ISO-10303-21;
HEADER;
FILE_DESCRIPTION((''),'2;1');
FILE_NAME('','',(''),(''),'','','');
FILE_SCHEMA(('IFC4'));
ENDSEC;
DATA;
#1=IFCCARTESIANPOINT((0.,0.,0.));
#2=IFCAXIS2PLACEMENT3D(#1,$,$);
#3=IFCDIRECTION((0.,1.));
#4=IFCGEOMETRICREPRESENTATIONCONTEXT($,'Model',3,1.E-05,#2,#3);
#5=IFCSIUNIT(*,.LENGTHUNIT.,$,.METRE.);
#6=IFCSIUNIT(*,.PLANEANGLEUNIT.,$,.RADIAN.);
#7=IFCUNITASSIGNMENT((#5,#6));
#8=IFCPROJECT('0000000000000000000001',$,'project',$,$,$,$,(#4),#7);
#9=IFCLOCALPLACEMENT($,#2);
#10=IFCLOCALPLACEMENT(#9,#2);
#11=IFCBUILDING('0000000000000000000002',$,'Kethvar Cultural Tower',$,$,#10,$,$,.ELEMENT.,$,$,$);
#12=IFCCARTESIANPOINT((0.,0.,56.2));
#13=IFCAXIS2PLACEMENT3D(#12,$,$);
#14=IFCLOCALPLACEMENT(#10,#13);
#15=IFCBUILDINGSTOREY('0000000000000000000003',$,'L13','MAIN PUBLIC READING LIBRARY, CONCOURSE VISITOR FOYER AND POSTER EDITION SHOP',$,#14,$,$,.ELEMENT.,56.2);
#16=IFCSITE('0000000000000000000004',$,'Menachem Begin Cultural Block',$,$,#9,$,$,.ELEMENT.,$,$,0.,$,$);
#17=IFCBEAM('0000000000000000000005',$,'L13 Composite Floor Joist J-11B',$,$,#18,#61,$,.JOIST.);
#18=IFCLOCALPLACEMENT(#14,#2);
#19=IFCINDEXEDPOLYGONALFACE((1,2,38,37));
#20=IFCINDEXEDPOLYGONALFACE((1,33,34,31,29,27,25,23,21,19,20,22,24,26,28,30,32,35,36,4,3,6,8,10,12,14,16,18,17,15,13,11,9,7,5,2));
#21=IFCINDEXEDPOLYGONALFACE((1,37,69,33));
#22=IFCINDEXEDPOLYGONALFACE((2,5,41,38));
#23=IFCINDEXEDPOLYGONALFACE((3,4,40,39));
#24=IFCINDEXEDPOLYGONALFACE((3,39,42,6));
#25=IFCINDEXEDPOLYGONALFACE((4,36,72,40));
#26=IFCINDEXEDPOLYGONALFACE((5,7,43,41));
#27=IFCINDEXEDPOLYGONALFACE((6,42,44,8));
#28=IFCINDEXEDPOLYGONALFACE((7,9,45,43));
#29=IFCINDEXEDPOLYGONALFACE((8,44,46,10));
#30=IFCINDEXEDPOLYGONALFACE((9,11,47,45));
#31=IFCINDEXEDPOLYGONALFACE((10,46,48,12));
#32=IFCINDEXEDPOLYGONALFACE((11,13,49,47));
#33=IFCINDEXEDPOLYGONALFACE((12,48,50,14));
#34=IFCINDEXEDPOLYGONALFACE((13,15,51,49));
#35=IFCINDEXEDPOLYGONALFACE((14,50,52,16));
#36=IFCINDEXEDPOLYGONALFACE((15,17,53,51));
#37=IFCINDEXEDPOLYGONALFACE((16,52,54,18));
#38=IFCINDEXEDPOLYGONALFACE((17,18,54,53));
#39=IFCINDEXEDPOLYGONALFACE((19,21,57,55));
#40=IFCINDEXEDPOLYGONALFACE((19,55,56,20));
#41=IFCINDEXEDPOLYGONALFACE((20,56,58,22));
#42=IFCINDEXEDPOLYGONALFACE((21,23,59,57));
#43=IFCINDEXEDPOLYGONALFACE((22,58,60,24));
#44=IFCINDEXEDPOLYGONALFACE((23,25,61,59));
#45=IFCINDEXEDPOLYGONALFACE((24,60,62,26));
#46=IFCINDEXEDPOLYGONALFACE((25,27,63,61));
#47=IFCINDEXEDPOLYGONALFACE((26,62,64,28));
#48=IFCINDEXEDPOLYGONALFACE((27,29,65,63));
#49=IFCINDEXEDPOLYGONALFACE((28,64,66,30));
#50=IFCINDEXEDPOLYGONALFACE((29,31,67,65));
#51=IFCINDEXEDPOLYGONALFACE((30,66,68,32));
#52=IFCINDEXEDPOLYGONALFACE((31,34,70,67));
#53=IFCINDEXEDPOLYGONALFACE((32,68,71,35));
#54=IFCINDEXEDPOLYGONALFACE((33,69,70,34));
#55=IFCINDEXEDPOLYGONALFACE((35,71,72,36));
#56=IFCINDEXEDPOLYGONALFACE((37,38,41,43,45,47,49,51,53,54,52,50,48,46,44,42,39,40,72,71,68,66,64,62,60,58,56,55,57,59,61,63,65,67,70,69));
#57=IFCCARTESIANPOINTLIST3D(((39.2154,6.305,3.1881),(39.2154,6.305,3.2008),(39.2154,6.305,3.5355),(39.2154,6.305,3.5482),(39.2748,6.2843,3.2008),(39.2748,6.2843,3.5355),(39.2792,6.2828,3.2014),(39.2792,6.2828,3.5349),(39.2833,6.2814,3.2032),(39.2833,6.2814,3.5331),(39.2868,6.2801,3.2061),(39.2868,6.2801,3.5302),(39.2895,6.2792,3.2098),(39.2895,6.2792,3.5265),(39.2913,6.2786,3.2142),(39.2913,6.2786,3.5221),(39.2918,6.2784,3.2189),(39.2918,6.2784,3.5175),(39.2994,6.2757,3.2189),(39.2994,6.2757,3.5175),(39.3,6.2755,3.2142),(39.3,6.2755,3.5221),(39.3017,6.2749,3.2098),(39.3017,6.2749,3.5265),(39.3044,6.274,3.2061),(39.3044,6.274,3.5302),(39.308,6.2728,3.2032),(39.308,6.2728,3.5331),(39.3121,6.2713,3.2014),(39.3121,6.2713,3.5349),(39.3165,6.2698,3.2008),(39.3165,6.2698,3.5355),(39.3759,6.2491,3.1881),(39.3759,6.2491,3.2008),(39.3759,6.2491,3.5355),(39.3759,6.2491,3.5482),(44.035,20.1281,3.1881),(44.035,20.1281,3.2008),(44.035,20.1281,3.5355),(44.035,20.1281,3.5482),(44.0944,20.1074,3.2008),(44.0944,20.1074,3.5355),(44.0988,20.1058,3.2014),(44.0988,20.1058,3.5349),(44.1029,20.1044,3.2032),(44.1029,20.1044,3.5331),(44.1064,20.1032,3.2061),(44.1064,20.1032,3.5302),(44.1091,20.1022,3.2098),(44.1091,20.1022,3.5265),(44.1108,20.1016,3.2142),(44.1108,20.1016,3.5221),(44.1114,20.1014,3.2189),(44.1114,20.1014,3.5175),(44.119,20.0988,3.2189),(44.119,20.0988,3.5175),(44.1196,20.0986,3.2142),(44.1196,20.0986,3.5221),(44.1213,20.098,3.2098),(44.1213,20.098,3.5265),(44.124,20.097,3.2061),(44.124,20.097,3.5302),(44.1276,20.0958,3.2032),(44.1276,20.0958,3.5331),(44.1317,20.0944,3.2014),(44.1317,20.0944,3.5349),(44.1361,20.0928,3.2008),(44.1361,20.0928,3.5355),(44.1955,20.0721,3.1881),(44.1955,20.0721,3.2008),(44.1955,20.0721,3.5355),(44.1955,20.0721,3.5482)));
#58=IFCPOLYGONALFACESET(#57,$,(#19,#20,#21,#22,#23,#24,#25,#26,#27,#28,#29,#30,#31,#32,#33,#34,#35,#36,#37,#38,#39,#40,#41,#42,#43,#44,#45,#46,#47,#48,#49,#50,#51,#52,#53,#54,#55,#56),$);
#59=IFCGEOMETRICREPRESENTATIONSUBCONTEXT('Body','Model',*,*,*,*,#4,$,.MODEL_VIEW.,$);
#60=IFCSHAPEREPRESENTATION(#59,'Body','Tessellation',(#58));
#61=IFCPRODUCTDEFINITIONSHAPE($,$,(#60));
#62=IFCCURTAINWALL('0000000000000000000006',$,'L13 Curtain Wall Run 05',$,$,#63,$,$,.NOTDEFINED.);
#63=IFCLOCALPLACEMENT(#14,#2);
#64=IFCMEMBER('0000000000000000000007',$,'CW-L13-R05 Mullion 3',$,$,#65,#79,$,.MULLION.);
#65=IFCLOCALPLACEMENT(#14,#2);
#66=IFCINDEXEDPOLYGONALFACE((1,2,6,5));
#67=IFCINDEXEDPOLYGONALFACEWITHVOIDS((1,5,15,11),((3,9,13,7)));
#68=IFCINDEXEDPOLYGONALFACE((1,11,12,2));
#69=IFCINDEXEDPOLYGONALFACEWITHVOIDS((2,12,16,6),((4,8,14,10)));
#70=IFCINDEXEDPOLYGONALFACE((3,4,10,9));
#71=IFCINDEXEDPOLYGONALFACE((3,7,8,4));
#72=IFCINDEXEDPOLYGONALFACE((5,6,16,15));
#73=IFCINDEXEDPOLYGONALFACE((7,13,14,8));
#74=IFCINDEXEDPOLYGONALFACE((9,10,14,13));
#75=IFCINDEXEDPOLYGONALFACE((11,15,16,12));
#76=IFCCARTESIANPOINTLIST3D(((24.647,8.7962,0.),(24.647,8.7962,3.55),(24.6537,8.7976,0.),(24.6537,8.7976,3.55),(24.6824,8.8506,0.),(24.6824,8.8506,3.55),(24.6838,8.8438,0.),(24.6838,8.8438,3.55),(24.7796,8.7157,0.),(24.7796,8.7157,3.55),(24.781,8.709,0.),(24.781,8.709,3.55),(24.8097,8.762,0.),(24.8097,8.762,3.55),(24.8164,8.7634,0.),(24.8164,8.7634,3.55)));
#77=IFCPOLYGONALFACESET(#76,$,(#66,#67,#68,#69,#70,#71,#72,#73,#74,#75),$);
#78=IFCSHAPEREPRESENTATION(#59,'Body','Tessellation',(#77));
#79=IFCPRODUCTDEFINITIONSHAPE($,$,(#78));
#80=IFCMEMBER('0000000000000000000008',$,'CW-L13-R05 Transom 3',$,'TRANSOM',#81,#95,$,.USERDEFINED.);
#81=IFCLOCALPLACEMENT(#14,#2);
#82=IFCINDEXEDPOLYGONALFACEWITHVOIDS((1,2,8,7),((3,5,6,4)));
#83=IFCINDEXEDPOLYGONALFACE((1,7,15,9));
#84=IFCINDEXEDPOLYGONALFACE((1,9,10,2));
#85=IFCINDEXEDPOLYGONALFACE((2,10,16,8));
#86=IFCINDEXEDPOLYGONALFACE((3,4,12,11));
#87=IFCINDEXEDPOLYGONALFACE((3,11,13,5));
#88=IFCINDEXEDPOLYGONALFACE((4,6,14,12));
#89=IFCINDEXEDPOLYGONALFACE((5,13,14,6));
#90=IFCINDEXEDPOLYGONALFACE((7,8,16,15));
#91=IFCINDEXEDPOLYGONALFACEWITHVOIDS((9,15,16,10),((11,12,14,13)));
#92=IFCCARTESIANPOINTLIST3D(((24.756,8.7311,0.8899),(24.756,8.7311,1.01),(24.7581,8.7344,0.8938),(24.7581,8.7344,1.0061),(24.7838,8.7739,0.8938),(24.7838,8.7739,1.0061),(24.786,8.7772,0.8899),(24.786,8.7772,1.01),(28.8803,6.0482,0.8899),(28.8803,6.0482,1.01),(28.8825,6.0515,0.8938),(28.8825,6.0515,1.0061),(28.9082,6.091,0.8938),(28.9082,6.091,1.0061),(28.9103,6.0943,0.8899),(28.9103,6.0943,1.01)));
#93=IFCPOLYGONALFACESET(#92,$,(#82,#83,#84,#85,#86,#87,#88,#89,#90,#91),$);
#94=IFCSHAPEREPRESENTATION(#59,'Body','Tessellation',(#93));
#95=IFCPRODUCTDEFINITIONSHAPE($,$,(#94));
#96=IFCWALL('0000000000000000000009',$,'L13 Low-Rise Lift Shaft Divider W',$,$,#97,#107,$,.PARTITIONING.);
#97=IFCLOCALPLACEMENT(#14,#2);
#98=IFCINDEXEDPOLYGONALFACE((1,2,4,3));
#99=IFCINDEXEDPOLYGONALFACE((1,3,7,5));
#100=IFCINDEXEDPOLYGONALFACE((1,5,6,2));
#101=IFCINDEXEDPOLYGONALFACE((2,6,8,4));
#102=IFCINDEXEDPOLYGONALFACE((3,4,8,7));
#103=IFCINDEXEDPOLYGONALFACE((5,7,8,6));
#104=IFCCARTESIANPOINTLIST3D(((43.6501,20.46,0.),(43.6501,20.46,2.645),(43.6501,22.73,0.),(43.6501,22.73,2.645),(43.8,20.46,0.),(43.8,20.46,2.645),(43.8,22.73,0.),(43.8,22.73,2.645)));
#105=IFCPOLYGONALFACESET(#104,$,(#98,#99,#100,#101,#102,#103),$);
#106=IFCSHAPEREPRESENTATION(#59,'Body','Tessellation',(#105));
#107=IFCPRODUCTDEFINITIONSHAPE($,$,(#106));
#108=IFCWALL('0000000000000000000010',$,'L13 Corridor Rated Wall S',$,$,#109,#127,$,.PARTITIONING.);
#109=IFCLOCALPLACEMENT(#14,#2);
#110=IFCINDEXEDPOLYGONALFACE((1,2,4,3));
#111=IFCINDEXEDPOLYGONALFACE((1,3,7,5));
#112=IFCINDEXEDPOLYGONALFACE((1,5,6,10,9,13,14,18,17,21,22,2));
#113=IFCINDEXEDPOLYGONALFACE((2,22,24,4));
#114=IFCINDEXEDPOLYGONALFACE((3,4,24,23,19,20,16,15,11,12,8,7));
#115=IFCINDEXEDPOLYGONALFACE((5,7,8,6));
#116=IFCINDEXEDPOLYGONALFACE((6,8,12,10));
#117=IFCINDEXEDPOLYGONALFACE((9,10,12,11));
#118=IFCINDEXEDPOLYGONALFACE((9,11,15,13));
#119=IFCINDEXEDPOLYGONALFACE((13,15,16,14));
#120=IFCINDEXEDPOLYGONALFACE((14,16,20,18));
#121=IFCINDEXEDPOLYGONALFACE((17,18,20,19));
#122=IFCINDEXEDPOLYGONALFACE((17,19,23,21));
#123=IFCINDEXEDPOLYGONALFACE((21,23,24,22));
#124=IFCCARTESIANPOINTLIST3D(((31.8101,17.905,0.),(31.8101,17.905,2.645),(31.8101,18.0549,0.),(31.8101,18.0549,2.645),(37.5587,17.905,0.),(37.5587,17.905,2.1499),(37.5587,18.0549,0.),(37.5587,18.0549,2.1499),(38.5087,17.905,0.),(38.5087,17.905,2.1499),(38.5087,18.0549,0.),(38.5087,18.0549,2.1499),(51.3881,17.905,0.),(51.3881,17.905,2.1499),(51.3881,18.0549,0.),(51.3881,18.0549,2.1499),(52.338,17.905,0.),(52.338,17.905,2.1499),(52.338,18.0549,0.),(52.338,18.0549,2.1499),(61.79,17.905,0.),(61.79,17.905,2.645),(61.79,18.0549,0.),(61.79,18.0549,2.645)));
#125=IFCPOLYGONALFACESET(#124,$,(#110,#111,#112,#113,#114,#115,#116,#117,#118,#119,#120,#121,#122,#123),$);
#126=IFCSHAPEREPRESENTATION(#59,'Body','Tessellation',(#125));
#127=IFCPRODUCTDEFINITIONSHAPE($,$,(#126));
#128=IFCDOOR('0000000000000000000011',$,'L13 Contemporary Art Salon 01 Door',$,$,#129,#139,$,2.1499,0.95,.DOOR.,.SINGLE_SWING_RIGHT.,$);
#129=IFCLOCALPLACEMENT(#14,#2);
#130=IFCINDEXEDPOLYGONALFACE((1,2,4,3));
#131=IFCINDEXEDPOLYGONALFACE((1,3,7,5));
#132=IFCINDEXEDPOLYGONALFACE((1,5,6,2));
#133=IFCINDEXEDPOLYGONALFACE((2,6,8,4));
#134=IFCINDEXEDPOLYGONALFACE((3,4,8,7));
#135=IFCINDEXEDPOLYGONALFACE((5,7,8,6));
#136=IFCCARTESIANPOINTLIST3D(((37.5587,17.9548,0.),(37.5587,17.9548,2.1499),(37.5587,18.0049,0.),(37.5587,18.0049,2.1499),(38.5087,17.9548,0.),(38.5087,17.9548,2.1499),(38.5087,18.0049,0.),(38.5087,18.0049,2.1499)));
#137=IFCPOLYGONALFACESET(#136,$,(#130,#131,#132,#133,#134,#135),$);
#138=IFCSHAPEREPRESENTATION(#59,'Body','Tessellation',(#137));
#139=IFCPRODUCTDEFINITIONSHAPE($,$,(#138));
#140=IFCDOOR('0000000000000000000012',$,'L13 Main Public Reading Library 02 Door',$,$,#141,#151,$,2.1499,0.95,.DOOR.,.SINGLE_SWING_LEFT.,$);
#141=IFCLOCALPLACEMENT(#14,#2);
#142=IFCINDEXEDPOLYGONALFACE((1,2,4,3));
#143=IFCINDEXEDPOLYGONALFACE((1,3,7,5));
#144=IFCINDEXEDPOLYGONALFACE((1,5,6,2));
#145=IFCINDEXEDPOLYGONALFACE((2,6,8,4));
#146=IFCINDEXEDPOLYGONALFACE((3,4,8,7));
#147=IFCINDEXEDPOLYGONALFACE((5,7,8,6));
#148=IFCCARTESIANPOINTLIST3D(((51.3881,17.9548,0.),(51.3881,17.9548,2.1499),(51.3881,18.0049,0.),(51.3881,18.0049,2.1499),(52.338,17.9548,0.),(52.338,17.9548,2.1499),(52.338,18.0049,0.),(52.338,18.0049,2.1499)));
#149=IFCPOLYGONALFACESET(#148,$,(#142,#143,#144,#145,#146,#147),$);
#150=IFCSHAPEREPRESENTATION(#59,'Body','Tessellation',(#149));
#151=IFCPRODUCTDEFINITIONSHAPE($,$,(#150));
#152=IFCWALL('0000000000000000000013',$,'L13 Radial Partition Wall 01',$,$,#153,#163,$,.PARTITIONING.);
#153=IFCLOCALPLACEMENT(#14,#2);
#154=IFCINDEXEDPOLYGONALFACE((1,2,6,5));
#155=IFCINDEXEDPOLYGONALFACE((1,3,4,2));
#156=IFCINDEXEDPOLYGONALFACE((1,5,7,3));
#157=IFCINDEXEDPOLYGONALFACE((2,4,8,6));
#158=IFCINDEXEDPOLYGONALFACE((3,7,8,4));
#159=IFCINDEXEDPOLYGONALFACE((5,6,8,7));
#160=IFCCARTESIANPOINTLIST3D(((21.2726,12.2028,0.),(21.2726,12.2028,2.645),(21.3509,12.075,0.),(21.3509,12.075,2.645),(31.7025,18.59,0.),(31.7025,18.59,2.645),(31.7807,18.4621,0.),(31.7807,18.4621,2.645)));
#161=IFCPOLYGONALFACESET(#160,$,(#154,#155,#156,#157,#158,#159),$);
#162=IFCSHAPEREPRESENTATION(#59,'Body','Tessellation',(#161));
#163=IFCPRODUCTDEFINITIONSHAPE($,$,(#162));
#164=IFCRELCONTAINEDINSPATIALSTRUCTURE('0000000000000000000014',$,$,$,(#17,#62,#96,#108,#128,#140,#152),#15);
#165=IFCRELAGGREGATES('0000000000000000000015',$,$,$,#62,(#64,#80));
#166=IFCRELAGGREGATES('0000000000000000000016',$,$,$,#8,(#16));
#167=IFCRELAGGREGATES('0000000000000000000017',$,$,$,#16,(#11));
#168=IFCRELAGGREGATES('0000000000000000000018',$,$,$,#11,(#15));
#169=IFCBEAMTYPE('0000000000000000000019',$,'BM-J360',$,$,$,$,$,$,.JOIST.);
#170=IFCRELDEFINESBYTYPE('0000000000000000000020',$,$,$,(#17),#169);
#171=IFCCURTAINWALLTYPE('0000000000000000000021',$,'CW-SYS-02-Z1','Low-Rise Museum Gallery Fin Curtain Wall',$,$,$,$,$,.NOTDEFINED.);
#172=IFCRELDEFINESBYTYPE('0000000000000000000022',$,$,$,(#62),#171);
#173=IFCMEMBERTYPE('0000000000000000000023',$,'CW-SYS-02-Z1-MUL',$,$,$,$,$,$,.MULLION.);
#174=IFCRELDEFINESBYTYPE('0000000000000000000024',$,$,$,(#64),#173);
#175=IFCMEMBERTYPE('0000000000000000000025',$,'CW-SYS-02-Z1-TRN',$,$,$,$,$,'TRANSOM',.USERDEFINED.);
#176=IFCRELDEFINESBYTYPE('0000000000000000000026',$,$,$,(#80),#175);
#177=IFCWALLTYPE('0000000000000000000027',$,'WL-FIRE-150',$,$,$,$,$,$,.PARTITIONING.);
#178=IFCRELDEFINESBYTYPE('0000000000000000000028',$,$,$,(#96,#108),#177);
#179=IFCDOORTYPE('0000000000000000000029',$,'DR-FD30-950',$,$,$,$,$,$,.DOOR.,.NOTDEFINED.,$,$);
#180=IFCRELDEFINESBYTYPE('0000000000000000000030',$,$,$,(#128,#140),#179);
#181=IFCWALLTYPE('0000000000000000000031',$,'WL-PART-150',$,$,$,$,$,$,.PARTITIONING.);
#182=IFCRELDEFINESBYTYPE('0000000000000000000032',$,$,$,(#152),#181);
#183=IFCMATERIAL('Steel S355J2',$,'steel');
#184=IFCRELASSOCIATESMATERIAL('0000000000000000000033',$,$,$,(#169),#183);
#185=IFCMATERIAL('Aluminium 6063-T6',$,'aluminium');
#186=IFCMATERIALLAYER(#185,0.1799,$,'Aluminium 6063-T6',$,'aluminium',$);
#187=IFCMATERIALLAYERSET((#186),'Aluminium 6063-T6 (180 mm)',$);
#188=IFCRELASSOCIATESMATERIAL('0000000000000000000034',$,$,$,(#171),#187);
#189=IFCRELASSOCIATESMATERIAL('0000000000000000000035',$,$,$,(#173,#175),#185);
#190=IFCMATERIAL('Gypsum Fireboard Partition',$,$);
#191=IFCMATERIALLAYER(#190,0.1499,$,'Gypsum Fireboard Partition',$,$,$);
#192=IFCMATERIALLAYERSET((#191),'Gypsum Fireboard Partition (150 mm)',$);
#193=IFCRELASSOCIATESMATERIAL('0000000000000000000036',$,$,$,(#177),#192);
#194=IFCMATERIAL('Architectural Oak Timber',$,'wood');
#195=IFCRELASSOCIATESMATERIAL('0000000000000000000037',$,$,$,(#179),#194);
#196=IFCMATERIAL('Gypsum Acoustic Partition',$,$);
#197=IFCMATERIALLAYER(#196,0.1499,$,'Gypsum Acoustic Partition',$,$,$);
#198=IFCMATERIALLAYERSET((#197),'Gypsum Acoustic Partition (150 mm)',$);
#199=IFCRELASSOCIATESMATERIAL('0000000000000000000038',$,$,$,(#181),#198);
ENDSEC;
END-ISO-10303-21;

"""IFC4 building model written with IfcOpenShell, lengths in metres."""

from ifc_helpers import new_model, si_unit, direction, frame, frame_2d, origin, origin_2d, place, context, subcontext, project, spatial, rectangle, hollow_rectangle, i_section, extrude, source, transform, mapped, material, layer, layer_set, material_profile, profile_set, type_object, element, fill, aggregate, save


model = new_model("IFC4")

# Units and contexts
model_context = context("Model", 3, precision=1e-05, world=origin(), true_north=direction((0.0, 1.0)))
body_context = subcontext(model_context, "Body", "Model", "MODEL_VIEW")
ifc_project = project(units=[si_unit("LENGTHUNIT", "METRE"), si_unit("PLANEANGLEUNIT", "RADIAN")], contexts=[model_context])

# Site, building, storey
site_placement = place(None, origin())
site = spatial("IfcSite", under=ifc_project, at=site_placement, Name="Menachem Begin Cultural Block", CompositionType="ELEMENT", RefElevation=0.0)
building_placement = place(site_placement, origin())
building = spatial("IfcBuilding", under=site, at=building_placement, Name="Kethvar Cultural Tower", CompositionType="ELEMENT")
storey_placement = place(building_placement, frame((0.0, 0.0, 56.2)))
storey = spatial("IfcBuildingStorey", under=building, at=storey_placement, Name="L13", Description="MAIN PUBLIC READING LIBRARY, CONCOURSE VISITOR FOYER AND POSTER EDITION SHOP", CompositionType="ELEMENT", Elevation=56.2)

# Beam
ifc_material_1 = material(Name="Steel S355J2", Category="steel")
ifc_material_profile_1 = material_profile(ifc_material_1, i_section(OverallWidth=0.1699, OverallDepth=0.3601, WebThickness=0.0081, FlangeThickness=0.0127, FilletRadius=0.0181, at=origin_2d()), Name="Steel S355J2 — IPE360")
ifc_profile_set_1 = profile_set([ifc_material_profile_1], Name="Steel S355J2 — IPE360")
beam_type_1 = type_object("IfcBeamType", Name="BM-J360", PredefinedType="JOIST", material=ifc_profile_set_1)
shared_shape_1 = source(origin(), body_context, "Body", "SweptSolid", [
    extrude(i_section(OverallWidth=0.1699, OverallDepth=0.3601, WebThickness=0.0081, FlangeThickness=0.0127, FilletRadius=0.0181, at=origin_2d()), origin(), (0.0, 0.0, 1.0), 14.6392),
])
beam_1_placement = place(storey_placement, frame((44.1152, 20.1001, 3.3682), z_axis=(-0.329226, -0.944251, 0.0), x_axis=(0.944251, -0.329226, 0.0)))
element("IfcBeam", 1, at=beam_1_placement, inside=storey, type_object=beam_type_1, Name="L13 Composite Floor Joist J-11B", PredefinedType="JOIST", context=body_context, shape_type="MappedRepresentation", body=[
    mapped(shared_shape_1, transform((0.0, 0.0, 0.0), scale=1.0)),
])

# Curtain wall, members
ifc_material_2 = material(Name="Aluminium 6063-T6", Category="aluminium")
ifc_layer_1 = layer(ifc_material_2, 0.1799, Name="Aluminium 6063-T6", Category="aluminium")
ifc_layer_set_1 = layer_set([ifc_layer_1], Name="Aluminium 6063-T6 (180 mm)")
curtain_wall_type = type_object("IfcCurtainWallType", Name="CW-SYS-02-Z1", Description="Low-Rise Museum Gallery Fin Curtain Wall", PredefinedType="NOTDEFINED", material=ifc_layer_set_1)
curtain_wall_placement = place(storey_placement, origin())
curtain_wall = element("IfcCurtainWall", 2, at=curtain_wall_placement, inside=storey, type_object=curtain_wall_type, Name="L13 Curtain Wall Run 05", PredefinedType="NOTDEFINED")
ifc_material_profile_2 = material_profile(ifc_material_2, hollow_rectangle(XDim=0.0649, YDim=0.1599, WallThickness=0.0049, at=origin_2d()), Name="Aluminium 6063-T6 — RHS160x65x5")
ifc_profile_set_2 = profile_set([ifc_material_profile_2], Name="Aluminium 6063-T6 — RHS160x65x5")
member_type_1 = type_object("IfcMemberType", Name="CW-SYS-02-Z1-MUL", PredefinedType="MULLION", material=ifc_profile_set_2)
shared_shape_2 = source(origin(), body_context, "Body", "SweptSolid", [
    extrude(hollow_rectangle(XDim=0.0649, YDim=0.1599, WallThickness=0.0049, at=origin_2d()), origin(), (0.0, 0.0, 1.0), 3.55),
])
member_1_placement = place(storey_placement, frame((24.7317, 8.7798, 0.0), z_axis=(0.0, 0.0, 1.0), x_axis=(0.545283, 0.838252, 0.0)))
member_1 = element("IfcMember", 3, at=member_1_placement, type_object=member_type_1, Name="CW-L13-R05 Mullion 3", PredefinedType="MULLION", context=body_context, shape_type="MappedRepresentation", body=[
    mapped(shared_shape_2, transform((0.0, 0.0, 0.0), scale=1.0)),
])
ifc_material_profile_3 = material_profile(ifc_material_2, hollow_rectangle(XDim=0.0549, YDim=0.1201, WallThickness=0.0039, at=origin_2d()), Name="Aluminium 6063-T6 — RHS120x55x4")
ifc_profile_set_3 = profile_set([ifc_material_profile_3], Name="Aluminium 6063-T6 — RHS120x55x4")
member_type_2 = type_object("IfcMemberType", Name="CW-SYS-02-Z1-TRN", ElementType="TRANSOM", PredefinedType="USERDEFINED", material=ifc_profile_set_3)
shared_shape_3 = source(origin(), body_context, "Body", "SweptSolid", [
    extrude(hollow_rectangle(XDim=0.0549, YDim=0.1201, WallThickness=0.0039, at=origin_2d()), origin(), (0.0, 0.0, 1.0), 4.9202),
])
member_2_placement = place(storey_placement, frame((24.771, 8.7542, 0.95), z_axis=(0.83825, -0.545287, 0.0), x_axis=(0.545287, 0.83825, 0.0)))
member_2 = element("IfcMember", 4, at=member_2_placement, type_object=member_type_2, Name="CW-L13-R05 Transom 3", ObjectType="TRANSOM", PredefinedType="USERDEFINED", context=body_context, shape_type="MappedRepresentation", body=[
    mapped(shared_shape_3, transform((0.0, 0.0, 0.0), scale=1.0)),
])
aggregate(curtain_wall, [member_1, member_2])

# Wall
ifc_material_3 = material(Name="Gypsum Fireboard Partition")
ifc_layer_2 = layer(ifc_material_3, 0.1499, Name="Gypsum Fireboard Partition")
ifc_layer_set_2 = layer_set([ifc_layer_2], Name="Gypsum Fireboard Partition (150 mm)")
wall_type_1 = type_object("IfcWallType", Name="WL-FIRE-150", PredefinedType="PARTITIONING", material=ifc_layer_set_2)
wall_1_placement = place(storey_placement, frame((43.7251, 20.46, 0.0), z_axis=(0.0, 0.0, 1.0), x_axis=(0.0, 1.0, 0.0)))
element("IfcWall", 5, at=wall_1_placement, inside=storey, type_object=wall_type_1, Name="L13 Low-Rise Lift Shaft Divider W", PredefinedType="PARTITIONING", context=body_context, shape_type="SweptSolid", body=[
    extrude(rectangle(XDim=2.27, YDim=0.1499, at=frame_2d((1.135, 0.0))), origin(), (0.0, 0.0, 1.0), 2.645),
])

# Wall, openings, doors
wall_2_placement = place(storey_placement, frame((31.8101, 17.98, 0.0), z_axis=(0.0, 0.0, 1.0), x_axis=(1.0, 0.0, 0.0)))
wall_2 = element("IfcWall", 6, at=wall_2_placement, inside=storey, type_object=wall_type_1, Name="L13 Corridor Rated Wall S", PredefinedType="PARTITIONING", context=body_context, shape_type="SweptSolid", body=[
    extrude(rectangle(XDim=29.98, YDim=0.1499, at=frame_2d((14.99, 0.0))), origin(), (0.0, 0.0, 1.0), 2.645),
])
opening_1_placement = place(wall_2_placement, frame((5.7485, 0.0, 0.0)))
opening_1 = element("IfcOpeningElement", 7, at=opening_1_placement, cuts=wall_2, PredefinedType="OPENING", context=body_context, shape_type="SweptSolid", body=[
    extrude(rectangle(XDim=0.95, YDim=2.1499, at=frame_2d((0.4751, 1.075))), frame((0.0, 0.085, 0.0), z_axis=(0.0, -1.0, 0.0), x_axis=(1.0, 0.0, 0.0)), (0.0, 0.0, 1.0), 0.1699),
])
opening_2_placement = place(wall_2_placement, frame((19.5779, 0.0, 0.0)))
opening_2 = element("IfcOpeningElement", 8, at=opening_2_placement, cuts=wall_2, PredefinedType="OPENING", context=body_context, shape_type="SweptSolid", body=[
    extrude(rectangle(XDim=0.95, YDim=2.1499, at=frame_2d((0.4751, 1.075))), frame((0.0, 0.085, 0.0), z_axis=(0.0, -1.0, 0.0), x_axis=(1.0, 0.0, 0.0)), (0.0, 0.0, 1.0), 0.1699),
])
ifc_material_4 = material(Name="Architectural Oak Timber", Category="wood")
door_type_1 = type_object("IfcDoorType", Name="DR-FD30-950", OperationType="NOTDEFINED", PredefinedType="DOOR", material=ifc_material_4)
shared_shape_4 = source(origin(), body_context, "Body", "SweptSolid", [
    extrude(rectangle(XDim=0.95, YDim=2.1499, at=frame_2d((0.4751, 1.075))), frame((0.0, 0.0249, 0.0), z_axis=(0.0, -1.0, 0.0), x_axis=(1.0, 0.0, 0.0)), (0.0, 0.0, 1.0), 0.05),
])
door_1_placement = place(opening_1_placement, origin())
door_1 = element("IfcDoor", 9, at=door_1_placement, inside=storey, type_object=door_type_1, Name="L13 Contemporary Art Salon 01 Door", OperationType="SINGLE_SWING_RIGHT", OverallHeight=2.1499, OverallWidth=0.95, PredefinedType="DOOR", context=body_context, shape_type="MappedRepresentation", body=[
    mapped(shared_shape_4, transform((0.0, 0.0, 0.0), scale=1.0)),
])
fill(opening_1, door_1)
door_2_placement = place(opening_2_placement, origin())
door_2 = element("IfcDoor", 10, at=door_2_placement, inside=storey, type_object=door_type_1, Name="L13 Main Public Reading Library 02 Door", OperationType="SINGLE_SWING_LEFT", OverallHeight=2.1499, OverallWidth=0.95, PredefinedType="DOOR", context=body_context, shape_type="MappedRepresentation", body=[
    mapped(shared_shape_4, transform((0.0, 0.0, 0.0), scale=1.0)),
])
fill(opening_2, door_2)

# Wall
ifc_material_5 = material(Name="Gypsum Acoustic Partition")
ifc_layer_3 = layer(ifc_material_5, 0.1499, Name="Gypsum Acoustic Partition")
ifc_layer_set_3 = layer_set([ifc_layer_3], Name="Gypsum Acoustic Partition (150 mm)")
wall_type_2 = type_object("IfcWallType", Name="WL-PART-150", PredefinedType="PARTITIONING", material=ifc_layer_set_3)
wall_3_placement = place(storey_placement, frame((31.7417, 18.5261, 0.0), z_axis=(0.0, 0.0, 1.0), x_axis=(-0.852795, -0.522245, 0.0)))
element("IfcWall", 11, at=wall_3_placement, inside=storey, type_object=wall_type_2, Name="L13 Radial Partition Wall 01", PredefinedType="PARTITIONING", context=body_context, shape_type="SweptSolid", body=[
    extrude(rectangle(XDim=12.2302, YDim=0.1499, at=frame_2d((6.1152, 0.0))), origin(), (0.0, 0.0, 1.0), 2.645),
])

save(model, "model.ifc")
